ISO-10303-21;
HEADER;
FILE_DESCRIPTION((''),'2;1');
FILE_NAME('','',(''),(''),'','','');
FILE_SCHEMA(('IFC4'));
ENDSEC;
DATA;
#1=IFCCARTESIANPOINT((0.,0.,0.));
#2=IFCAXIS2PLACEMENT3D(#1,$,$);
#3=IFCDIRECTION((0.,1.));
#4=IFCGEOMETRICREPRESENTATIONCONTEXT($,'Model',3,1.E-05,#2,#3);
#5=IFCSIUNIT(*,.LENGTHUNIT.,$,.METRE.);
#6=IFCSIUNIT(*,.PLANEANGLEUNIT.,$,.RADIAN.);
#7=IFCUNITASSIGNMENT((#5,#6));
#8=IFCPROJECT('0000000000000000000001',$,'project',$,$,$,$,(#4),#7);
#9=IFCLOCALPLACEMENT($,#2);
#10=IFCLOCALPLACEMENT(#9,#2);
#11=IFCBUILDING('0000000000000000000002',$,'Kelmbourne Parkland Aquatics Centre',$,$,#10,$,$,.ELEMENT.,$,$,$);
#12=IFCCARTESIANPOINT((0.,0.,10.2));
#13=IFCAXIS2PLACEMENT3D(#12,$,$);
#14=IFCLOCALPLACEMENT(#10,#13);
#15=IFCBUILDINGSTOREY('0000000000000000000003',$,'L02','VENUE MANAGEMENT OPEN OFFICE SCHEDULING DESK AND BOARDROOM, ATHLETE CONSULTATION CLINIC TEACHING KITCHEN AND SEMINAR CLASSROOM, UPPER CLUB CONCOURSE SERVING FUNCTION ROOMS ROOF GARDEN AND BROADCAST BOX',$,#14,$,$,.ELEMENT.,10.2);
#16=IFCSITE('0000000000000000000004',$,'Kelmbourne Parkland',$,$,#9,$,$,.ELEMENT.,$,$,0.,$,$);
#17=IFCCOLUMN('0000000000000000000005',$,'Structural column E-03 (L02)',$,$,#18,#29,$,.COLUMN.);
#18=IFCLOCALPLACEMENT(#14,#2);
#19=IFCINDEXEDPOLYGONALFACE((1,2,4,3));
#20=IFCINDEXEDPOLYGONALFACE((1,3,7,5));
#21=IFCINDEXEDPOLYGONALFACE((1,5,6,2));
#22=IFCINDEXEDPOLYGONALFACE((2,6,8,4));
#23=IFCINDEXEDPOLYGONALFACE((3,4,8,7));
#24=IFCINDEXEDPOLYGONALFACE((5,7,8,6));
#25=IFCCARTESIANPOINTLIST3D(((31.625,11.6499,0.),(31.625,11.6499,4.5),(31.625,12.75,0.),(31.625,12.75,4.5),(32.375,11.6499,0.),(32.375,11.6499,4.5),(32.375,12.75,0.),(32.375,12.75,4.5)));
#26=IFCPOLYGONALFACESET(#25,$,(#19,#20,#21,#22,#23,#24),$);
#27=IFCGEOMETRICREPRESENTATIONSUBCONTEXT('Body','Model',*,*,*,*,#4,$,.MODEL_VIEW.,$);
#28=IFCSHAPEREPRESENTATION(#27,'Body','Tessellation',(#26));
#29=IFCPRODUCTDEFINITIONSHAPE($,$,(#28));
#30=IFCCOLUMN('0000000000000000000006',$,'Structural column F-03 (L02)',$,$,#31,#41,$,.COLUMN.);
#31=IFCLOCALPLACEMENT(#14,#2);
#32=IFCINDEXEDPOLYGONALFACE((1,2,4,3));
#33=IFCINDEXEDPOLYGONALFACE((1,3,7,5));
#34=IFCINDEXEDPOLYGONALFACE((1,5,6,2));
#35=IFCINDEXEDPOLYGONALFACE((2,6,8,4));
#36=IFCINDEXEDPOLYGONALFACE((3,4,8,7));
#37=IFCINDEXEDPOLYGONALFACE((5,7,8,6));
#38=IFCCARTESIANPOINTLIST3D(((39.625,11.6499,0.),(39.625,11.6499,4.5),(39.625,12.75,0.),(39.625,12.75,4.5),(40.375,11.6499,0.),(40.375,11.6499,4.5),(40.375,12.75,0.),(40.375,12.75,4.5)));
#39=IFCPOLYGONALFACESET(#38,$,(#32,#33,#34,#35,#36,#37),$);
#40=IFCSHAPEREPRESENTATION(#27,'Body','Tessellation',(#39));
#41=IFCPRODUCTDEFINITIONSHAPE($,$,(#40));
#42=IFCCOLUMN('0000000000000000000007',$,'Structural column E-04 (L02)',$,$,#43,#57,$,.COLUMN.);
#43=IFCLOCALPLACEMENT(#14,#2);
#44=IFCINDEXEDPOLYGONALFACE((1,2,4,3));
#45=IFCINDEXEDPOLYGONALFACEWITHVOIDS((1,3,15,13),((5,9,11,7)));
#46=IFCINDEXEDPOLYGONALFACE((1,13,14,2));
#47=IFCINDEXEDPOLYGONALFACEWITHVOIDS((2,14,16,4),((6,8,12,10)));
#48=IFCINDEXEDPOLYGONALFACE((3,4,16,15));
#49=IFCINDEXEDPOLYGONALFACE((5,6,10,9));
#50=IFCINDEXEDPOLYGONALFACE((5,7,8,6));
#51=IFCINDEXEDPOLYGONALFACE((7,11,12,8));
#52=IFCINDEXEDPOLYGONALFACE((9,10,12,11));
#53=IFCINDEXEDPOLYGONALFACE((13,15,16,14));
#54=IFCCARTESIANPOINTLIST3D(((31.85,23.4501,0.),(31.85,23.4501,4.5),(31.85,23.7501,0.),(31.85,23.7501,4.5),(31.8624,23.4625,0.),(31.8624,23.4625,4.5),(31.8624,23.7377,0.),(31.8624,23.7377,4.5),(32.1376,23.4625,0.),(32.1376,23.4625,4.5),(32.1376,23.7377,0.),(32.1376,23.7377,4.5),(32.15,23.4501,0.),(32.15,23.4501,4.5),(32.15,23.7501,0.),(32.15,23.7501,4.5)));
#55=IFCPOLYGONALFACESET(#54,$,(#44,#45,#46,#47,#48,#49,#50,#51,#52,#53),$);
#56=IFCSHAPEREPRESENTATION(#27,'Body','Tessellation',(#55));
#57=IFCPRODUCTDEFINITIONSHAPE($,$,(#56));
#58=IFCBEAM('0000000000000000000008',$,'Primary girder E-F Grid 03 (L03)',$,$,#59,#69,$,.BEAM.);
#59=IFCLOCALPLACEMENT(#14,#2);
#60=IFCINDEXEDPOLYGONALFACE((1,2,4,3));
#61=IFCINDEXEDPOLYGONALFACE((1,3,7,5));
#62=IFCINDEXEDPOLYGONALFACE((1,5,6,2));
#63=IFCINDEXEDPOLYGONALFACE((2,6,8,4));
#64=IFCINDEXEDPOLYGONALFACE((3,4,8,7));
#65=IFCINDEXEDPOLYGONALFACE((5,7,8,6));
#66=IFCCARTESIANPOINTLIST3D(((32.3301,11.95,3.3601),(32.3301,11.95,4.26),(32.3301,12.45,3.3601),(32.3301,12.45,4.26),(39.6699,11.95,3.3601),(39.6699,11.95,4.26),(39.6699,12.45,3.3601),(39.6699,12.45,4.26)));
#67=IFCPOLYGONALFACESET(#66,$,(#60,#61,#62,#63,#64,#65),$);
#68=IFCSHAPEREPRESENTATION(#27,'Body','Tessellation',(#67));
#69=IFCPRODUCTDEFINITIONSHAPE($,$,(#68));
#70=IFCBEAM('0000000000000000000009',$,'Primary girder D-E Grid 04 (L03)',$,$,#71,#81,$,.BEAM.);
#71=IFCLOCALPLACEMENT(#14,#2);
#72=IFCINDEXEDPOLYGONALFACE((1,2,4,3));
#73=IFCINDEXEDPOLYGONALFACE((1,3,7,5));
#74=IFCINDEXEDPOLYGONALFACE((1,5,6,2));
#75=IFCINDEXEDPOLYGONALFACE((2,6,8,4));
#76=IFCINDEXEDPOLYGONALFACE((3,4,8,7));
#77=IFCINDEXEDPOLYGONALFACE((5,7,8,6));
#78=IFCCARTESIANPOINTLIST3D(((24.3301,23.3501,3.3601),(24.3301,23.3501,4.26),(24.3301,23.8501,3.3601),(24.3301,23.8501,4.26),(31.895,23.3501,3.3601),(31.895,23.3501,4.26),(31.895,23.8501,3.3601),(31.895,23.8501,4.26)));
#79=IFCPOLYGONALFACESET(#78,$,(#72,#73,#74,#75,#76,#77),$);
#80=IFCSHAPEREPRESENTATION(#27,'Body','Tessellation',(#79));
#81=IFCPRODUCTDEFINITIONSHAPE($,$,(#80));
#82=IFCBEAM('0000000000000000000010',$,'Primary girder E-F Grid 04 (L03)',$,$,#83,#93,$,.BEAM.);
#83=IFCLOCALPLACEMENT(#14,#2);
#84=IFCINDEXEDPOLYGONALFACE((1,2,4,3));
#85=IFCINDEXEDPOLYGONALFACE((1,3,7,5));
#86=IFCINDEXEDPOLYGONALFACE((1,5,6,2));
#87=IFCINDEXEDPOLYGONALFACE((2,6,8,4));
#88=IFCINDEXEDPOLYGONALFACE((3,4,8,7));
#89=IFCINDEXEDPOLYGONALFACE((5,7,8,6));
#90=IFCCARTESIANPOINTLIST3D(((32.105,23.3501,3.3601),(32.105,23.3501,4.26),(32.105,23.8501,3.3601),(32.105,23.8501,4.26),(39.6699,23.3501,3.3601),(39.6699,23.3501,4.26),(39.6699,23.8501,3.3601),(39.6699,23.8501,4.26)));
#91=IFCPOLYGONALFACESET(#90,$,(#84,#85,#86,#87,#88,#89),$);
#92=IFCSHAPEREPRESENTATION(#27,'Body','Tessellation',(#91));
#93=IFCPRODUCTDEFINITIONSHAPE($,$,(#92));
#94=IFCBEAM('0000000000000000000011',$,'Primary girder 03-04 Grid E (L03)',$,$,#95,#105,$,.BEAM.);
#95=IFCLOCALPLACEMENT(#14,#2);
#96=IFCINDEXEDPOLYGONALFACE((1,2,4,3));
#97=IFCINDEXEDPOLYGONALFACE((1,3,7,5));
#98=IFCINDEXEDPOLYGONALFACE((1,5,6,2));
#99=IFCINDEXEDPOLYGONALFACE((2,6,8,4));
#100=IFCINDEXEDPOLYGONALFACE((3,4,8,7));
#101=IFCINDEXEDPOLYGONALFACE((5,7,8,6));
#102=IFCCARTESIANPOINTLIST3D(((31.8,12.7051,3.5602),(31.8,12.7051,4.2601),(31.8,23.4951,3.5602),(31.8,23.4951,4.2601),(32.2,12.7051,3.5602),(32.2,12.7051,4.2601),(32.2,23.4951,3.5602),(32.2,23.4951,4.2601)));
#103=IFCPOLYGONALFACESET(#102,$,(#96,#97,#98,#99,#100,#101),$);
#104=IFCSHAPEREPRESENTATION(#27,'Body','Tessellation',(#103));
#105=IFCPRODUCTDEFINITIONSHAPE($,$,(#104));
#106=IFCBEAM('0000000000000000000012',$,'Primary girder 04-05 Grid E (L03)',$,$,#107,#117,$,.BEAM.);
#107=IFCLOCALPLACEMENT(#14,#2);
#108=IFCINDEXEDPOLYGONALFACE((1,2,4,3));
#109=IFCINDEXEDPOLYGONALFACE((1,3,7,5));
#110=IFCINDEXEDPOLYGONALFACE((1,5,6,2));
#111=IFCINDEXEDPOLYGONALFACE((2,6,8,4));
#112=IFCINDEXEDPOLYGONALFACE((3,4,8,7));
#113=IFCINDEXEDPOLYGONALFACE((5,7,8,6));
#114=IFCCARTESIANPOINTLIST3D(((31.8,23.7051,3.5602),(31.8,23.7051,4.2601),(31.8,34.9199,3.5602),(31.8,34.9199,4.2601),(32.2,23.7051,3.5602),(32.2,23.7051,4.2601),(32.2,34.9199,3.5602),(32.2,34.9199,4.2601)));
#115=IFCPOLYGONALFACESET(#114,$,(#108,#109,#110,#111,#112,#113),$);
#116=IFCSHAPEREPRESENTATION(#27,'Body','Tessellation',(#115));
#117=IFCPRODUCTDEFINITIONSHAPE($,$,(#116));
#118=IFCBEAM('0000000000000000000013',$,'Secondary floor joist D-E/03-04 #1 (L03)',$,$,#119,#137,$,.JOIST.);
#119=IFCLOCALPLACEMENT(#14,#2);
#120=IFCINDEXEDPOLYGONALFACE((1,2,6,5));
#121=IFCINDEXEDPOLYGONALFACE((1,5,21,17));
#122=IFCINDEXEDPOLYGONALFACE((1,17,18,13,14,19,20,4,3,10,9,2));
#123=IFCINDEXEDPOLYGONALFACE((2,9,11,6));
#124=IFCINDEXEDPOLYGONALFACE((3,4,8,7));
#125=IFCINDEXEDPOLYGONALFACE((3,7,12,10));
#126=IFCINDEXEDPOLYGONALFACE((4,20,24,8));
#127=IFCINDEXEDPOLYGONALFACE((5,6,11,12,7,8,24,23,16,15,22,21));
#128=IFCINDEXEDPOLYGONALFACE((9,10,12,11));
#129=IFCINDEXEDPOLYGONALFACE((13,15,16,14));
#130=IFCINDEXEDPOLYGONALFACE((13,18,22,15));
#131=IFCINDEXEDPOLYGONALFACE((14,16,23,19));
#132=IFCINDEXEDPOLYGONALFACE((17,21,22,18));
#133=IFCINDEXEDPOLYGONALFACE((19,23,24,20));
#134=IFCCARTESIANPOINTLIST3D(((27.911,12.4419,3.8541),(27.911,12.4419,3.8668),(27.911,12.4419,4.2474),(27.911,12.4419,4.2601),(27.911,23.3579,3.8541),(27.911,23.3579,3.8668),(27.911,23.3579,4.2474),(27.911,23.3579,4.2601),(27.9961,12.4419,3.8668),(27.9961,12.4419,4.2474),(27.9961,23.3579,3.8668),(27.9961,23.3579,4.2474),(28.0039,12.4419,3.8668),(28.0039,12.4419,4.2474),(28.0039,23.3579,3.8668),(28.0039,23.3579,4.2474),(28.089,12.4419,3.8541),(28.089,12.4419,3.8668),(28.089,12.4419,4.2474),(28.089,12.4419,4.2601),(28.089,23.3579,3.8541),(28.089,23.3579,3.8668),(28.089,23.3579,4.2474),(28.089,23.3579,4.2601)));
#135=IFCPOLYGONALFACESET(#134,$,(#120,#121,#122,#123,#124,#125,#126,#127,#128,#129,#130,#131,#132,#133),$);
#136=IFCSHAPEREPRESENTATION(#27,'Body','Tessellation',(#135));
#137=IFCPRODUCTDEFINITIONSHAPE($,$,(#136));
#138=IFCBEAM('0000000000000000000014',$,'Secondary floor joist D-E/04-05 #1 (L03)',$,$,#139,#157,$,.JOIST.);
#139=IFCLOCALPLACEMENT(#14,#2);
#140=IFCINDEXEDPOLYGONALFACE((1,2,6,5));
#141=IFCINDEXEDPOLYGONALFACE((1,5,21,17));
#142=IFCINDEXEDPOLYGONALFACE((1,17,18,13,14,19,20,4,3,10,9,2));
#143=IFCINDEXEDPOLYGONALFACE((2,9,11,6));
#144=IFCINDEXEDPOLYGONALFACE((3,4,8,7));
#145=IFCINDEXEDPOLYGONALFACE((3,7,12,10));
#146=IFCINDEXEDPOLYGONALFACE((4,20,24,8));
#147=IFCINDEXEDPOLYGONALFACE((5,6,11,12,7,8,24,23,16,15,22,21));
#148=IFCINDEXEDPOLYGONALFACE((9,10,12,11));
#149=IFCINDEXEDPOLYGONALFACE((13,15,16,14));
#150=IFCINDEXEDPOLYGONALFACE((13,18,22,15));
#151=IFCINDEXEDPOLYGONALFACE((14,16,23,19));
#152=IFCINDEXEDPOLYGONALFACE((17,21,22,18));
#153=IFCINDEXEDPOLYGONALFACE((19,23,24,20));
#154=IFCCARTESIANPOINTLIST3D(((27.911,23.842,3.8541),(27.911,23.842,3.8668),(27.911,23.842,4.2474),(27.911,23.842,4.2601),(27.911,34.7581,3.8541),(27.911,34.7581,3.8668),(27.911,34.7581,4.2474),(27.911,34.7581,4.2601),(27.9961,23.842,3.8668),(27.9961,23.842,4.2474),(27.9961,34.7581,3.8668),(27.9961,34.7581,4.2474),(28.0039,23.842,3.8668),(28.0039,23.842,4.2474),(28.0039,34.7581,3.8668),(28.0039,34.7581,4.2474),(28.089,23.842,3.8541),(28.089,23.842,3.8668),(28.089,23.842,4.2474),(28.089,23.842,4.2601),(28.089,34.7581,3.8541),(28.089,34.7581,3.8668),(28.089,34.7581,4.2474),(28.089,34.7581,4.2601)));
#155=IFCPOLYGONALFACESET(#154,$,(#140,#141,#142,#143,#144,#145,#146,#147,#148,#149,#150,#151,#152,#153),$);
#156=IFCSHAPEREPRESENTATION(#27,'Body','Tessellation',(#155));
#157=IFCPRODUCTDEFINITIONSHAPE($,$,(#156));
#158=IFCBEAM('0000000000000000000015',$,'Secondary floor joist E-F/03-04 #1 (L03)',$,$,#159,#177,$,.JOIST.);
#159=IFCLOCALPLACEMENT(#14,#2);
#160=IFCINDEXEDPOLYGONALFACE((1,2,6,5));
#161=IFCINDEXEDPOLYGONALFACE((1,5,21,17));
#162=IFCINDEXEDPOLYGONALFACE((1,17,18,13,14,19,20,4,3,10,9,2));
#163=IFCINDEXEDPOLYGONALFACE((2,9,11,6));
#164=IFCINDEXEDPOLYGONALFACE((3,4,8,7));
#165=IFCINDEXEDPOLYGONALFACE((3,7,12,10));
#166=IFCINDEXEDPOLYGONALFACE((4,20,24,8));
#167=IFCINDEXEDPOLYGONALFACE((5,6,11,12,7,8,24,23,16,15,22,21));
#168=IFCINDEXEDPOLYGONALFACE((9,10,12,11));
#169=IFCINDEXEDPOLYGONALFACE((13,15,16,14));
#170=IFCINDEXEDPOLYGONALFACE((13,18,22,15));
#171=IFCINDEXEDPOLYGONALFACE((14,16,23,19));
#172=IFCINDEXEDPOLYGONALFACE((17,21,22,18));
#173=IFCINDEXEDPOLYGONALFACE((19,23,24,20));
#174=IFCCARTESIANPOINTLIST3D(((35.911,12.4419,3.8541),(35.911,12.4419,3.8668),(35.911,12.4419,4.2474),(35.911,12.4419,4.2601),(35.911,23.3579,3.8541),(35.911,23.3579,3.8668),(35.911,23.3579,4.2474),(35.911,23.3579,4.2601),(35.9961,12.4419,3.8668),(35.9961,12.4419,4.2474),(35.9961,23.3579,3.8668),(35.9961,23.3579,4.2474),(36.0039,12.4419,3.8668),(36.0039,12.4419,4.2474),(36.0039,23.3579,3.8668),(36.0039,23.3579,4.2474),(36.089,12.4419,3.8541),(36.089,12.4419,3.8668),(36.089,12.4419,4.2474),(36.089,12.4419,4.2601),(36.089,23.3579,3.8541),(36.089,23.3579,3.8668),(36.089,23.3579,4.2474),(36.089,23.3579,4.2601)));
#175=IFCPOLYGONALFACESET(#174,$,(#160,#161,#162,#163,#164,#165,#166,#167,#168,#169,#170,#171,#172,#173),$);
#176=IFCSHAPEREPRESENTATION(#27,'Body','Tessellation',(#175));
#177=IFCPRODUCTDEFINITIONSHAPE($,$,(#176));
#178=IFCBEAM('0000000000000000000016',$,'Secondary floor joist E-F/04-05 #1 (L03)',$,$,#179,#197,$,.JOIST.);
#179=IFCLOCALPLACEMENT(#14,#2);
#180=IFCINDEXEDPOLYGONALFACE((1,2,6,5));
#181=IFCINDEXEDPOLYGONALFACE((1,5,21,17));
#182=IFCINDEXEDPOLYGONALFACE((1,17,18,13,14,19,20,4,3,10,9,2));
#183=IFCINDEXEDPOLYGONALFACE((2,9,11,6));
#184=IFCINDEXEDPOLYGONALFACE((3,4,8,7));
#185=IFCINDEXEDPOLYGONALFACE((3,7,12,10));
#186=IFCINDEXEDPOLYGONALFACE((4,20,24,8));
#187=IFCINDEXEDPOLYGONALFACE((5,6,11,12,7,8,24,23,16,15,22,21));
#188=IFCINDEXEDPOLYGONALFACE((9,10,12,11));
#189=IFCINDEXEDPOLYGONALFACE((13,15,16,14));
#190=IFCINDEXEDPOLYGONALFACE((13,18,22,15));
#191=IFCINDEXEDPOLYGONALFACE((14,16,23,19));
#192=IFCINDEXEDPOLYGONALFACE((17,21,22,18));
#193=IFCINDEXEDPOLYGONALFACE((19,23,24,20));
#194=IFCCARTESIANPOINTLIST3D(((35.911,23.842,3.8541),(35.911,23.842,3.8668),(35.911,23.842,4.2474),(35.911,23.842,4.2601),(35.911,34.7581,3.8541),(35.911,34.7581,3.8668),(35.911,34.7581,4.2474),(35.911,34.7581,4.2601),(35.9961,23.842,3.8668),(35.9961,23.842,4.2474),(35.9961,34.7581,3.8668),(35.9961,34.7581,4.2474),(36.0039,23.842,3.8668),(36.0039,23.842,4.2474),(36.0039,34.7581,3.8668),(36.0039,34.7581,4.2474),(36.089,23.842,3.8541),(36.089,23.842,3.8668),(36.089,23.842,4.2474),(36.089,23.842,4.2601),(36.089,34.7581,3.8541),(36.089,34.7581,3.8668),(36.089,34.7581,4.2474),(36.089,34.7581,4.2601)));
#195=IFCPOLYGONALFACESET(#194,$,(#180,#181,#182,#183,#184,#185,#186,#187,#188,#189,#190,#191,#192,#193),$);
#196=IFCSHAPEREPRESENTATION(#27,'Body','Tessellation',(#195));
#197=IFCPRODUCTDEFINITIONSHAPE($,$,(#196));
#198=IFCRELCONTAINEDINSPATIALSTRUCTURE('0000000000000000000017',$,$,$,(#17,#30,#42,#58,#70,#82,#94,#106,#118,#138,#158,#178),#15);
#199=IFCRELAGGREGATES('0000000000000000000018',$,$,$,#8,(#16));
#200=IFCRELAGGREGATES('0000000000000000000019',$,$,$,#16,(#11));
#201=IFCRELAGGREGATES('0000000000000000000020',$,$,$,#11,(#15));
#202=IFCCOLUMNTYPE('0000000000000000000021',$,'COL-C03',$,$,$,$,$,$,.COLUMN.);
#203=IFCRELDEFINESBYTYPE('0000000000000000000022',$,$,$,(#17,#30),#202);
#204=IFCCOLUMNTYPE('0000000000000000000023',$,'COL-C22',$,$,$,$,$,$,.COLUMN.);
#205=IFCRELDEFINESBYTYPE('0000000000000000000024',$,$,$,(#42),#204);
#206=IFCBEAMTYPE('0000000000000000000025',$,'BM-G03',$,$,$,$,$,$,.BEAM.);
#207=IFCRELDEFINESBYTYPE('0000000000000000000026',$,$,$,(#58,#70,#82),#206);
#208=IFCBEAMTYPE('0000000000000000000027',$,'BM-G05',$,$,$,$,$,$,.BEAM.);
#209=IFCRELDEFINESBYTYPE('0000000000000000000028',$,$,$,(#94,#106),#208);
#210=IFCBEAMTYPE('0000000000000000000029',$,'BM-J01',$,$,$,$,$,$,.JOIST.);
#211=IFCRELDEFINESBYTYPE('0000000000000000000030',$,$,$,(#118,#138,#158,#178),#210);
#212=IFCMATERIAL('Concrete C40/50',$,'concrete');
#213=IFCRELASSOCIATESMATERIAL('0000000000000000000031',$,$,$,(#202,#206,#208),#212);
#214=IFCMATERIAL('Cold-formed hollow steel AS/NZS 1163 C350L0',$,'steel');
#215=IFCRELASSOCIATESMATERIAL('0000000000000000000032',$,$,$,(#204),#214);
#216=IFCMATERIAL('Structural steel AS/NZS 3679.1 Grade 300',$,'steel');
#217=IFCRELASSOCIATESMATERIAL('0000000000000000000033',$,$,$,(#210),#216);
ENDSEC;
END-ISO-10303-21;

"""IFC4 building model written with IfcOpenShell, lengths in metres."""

from ifc_helpers import new_model, si_unit, direction, frame, origin, origin_2d, place, context, subcontext, project, spatial, rectangle, hollow_rectangle, i_section, extrude, material, material_profile, profile_set, type_object, element, save


model = new_model("IFC4")

# Units and contexts
model_context = context("Model", 3, precision=1e-05, world=origin(), true_north=direction((0.0, 1.0)))
body_context = subcontext(model_context, "Body", "Model", "MODEL_VIEW")
ifc_project = project(units=[si_unit("LENGTHUNIT", "METRE"), si_unit("PLANEANGLEUNIT", "RADIAN")], contexts=[model_context])

# Site, building, storey
site_placement = place(None, origin())
site = spatial("IfcSite", under=ifc_project, at=site_placement, Name="Kelmbourne Parkland", CompositionType="ELEMENT", RefElevation=0.0)
building_placement = place(site_placement, origin())
building = spatial("IfcBuilding", under=site, at=building_placement, Name="Kelmbourne Parkland Aquatics Centre", CompositionType="ELEMENT")
storey_placement = place(building_placement, frame((0.0, 0.0, 10.2)))
storey = spatial("IfcBuildingStorey", under=building, at=storey_placement, Name="L02", Description="VENUE MANAGEMENT OPEN OFFICE SCHEDULING DESK AND BOARDROOM, ATHLETE CONSULTATION CLINIC TEACHING KITCHEN AND SEMINAR CLASSROOM, UPPER CLUB CONCOURSE SERVING FUNCTION ROOMS ROOF GARDEN AND BROADCAST BOX", CompositionType="ELEMENT", Elevation=10.2)

# Columns
ifc_material_1 = material(Name="Concrete C40/50", Category="concrete")
ifc_material_profile_1 = material_profile(ifc_material_1, rectangle(XDim=0.75, YDim=1.1001, at=origin_2d()), Name="RC 750x1100")
ifc_profile_set_1 = profile_set([ifc_material_profile_1], Name="Concrete C40/50")
column_type_1 = type_object("IfcColumnType", Name="COL-C03", PredefinedType="COLUMN", material=ifc_profile_set_1)
for number, where, z_axis, x_axis, name in (
    (1, (32.0, 12.2, 0.0), (0.0, 0.0, 1.0), (1.0, 0.0, 0.0), "Structural column E-03 (L02)"),
    (2, (40.0, 12.2, 0.0), (0.0, 0.0, 1.0), (1.0, 0.0, 0.0), "Structural column F-03 (L02)"),
):
    element("IfcColumn", number, at=place(storey_placement, frame(where, z_axis=z_axis, x_axis=x_axis)), inside=storey, type_object=column_type_1, Name=name, PredefinedType="COLUMN", context=body_context, shape_type="SweptSolid", body=[
        extrude(rectangle(XDim=0.75, YDim=1.1001, at=origin_2d()), origin(), (0.0, 0.0, 1.0), 4.5),
    ])
ifc_material_2 = material(Name="Cold-formed hollow steel AS/NZS 1163 C350L0", Category="steel")
ifc_material_profile_2 = material_profile(ifc_material_2, hollow_rectangle(XDim=0.3, YDim=0.3, WallThickness=0.0125, at=origin_2d()), Name="SHS 300x300x12.5")
ifc_profile_set_2 = profile_set([ifc_material_profile_2], Name="Cold-formed hollow steel AS/NZS 1163 C350L0")
column_type_2 = type_object("IfcColumnType", Name="COL-C22", PredefinedType="COLUMN", material=ifc_profile_set_2)
column_placement = place(storey_placement, frame((32.0, 23.6001, 0.0), z_axis=(0.0, 0.0, 1.0), x_axis=(1.0, 0.0, 0.0)))
element("IfcColumn", 3, at=column_placement, inside=storey, type_object=column_type_2, Name="Structural column E-04 (L02)", PredefinedType="COLUMN", context=body_context, shape_type="SweptSolid", body=[
    extrude(hollow_rectangle(XDim=0.3, YDim=0.3, WallThickness=0.0125, at=origin_2d()), origin(), (0.0, 0.0, 1.0), 4.5),
])

# Beams
ifc_material_profile_3 = material_profile(ifc_material_1, rectangle(XDim=0.5, YDim=0.8999, at=origin_2d()), Name="RC 500x900")
ifc_profile_set_3 = profile_set([ifc_material_profile_3], Name="Concrete C40/50")
beam_type_1 = type_object("IfcBeamType", Name="BM-G03", PredefinedType="BEAM", material=ifc_profile_set_3)
beam_1_placement = place(storey_placement, frame((32.3301, 12.2, 3.8101), z_axis=(1.0, 0.0, 0.0), x_axis=(0.0, 1.0, 0.0)))
element("IfcBeam", 4, at=beam_1_placement, inside=storey, type_object=beam_type_1, Name="Primary girder E-F Grid 03 (L03)", PredefinedType="BEAM", context=body_context, shape_type="SweptSolid", body=[
    extrude(rectangle(XDim=0.5, YDim=0.8999, at=origin_2d()), origin(), (0.0, 0.0, 1.0), 7.3398),
])
for number, where, z_axis, x_axis, name in (
    (5, (24.3301, 23.6001, 3.8101), (1.0, 0.0, 0.0), (0.0, 1.0, 0.0), "Primary girder D-E Grid 04 (L03)"),
    (6, (32.105, 23.6001, 3.8101), (1.0, 0.0, 0.0), (0.0, 1.0, 0.0), "Primary girder E-F Grid 04 (L03)"),
):
    element("IfcBeam", number, at=place(storey_placement, frame(where, z_axis=z_axis, x_axis=x_axis)), inside=storey, type_object=beam_type_1, Name=name, PredefinedType="BEAM", context=body_context, shape_type="SweptSolid", body=[
        extrude(rectangle(XDim=0.5, YDim=0.8999, at=origin_2d()), origin(), (0.0, 0.0, 1.0), 7.5649),
    ])
ifc_material_profile_4 = material_profile(ifc_material_1, rectangle(XDim=0.3999, YDim=0.7, at=origin_2d()), Name="RC 400x700")
ifc_profile_set_4 = profile_set([ifc_material_profile_4], Name="Concrete C40/50")
beam_type_2 = type_object("IfcBeamType", Name="BM-G05", PredefinedType="BEAM", material=ifc_profile_set_4)
beam_2_placement = place(storey_placement, frame((32.0, 12.7051, 3.9102), z_axis=(0.0, 1.0, 0.0), x_axis=(-1.0, 0.0, 0.0)))
element("IfcBeam", 7, at=beam_2_placement, inside=storey, type_object=beam_type_2, Name="Primary girder 03-04 Grid E (L03)", PredefinedType="BEAM", context=body_context, shape_type="SweptSolid", body=[
    extrude(rectangle(XDim=0.3999, YDim=0.7, at=origin_2d()), origin(), (0.0, 0.0, 1.0), 10.79),
])
beam_3_placement = place(storey_placement, frame((32.0, 23.7051, 3.9102), z_axis=(0.0, 1.0, 0.0), x_axis=(-1.0, 0.0, 0.0)))
element("IfcBeam", 8, at=beam_3_placement, inside=storey, type_object=beam_type_2, Name="Primary girder 04-05 Grid E (L03)", PredefinedType="BEAM", context=body_context, shape_type="SweptSolid", body=[
    extrude(rectangle(XDim=0.3999, YDim=0.7, at=origin_2d()), origin(), (0.0, 0.0, 1.0), 11.2148),
])
ifc_material_3 = material(Name="Structural steel AS/NZS 3679.1 Grade 300", Category="steel")
ifc_material_profile_5 = material_profile(ifc_material_3, i_section(OverallWidth=0.178, OverallDepth=0.406, WebThickness=0.0078, FlangeThickness=0.0127, at=origin_2d()), Name="410UB59.7")
ifc_profile_set_5 = profile_set([ifc_material_profile_5], Name="Structural steel AS/NZS 3679.1 Grade 300")
beam_type_3 = type_object("IfcBeamType", Name="BM-J01", PredefinedType="JOIST", material=ifc_profile_set_5)
for number, where, z_axis, x_axis, name in (
    (9, (28.0, 12.4419, 4.0571), (0.0, 1.0, 0.0), (-1.0, 0.0, 0.0), "Secondary floor joist D-E/03-04 #1 (L03)"),
    (10, (28.0, 23.842, 4.0571), (0.0, 1.0, 0.0), (-1.0, 0.0, 0.0), "Secondary floor joist D-E/04-05 #1 (L03)"),
    (11, (36.0, 12.4419, 4.0571), (0.0, 1.0, 0.0), (-1.0, 0.0, 0.0), "Secondary floor joist E-F/03-04 #1 (L03)"),
    (12, (36.0, 23.842, 4.0571), (0.0, 1.0, 0.0), (-1.0, 0.0, 0.0), "Secondary floor joist E-F/04-05 #1 (L03)"),
):
    element("IfcBeam", number, at=place(storey_placement, frame(where, z_axis=z_axis, x_axis=x_axis)), inside=storey, type_object=beam_type_3, Name=name, PredefinedType="JOIST", context=body_context, shape_type="SweptSolid", body=[
        extrude(i_section(OverallWidth=0.178, OverallDepth=0.406, WebThickness=0.0078, FlangeThickness=0.0127, at=origin_2d()), origin(), (0.0, 0.0, 1.0), 10.916),
    ])

save(model, "model.ifc")
